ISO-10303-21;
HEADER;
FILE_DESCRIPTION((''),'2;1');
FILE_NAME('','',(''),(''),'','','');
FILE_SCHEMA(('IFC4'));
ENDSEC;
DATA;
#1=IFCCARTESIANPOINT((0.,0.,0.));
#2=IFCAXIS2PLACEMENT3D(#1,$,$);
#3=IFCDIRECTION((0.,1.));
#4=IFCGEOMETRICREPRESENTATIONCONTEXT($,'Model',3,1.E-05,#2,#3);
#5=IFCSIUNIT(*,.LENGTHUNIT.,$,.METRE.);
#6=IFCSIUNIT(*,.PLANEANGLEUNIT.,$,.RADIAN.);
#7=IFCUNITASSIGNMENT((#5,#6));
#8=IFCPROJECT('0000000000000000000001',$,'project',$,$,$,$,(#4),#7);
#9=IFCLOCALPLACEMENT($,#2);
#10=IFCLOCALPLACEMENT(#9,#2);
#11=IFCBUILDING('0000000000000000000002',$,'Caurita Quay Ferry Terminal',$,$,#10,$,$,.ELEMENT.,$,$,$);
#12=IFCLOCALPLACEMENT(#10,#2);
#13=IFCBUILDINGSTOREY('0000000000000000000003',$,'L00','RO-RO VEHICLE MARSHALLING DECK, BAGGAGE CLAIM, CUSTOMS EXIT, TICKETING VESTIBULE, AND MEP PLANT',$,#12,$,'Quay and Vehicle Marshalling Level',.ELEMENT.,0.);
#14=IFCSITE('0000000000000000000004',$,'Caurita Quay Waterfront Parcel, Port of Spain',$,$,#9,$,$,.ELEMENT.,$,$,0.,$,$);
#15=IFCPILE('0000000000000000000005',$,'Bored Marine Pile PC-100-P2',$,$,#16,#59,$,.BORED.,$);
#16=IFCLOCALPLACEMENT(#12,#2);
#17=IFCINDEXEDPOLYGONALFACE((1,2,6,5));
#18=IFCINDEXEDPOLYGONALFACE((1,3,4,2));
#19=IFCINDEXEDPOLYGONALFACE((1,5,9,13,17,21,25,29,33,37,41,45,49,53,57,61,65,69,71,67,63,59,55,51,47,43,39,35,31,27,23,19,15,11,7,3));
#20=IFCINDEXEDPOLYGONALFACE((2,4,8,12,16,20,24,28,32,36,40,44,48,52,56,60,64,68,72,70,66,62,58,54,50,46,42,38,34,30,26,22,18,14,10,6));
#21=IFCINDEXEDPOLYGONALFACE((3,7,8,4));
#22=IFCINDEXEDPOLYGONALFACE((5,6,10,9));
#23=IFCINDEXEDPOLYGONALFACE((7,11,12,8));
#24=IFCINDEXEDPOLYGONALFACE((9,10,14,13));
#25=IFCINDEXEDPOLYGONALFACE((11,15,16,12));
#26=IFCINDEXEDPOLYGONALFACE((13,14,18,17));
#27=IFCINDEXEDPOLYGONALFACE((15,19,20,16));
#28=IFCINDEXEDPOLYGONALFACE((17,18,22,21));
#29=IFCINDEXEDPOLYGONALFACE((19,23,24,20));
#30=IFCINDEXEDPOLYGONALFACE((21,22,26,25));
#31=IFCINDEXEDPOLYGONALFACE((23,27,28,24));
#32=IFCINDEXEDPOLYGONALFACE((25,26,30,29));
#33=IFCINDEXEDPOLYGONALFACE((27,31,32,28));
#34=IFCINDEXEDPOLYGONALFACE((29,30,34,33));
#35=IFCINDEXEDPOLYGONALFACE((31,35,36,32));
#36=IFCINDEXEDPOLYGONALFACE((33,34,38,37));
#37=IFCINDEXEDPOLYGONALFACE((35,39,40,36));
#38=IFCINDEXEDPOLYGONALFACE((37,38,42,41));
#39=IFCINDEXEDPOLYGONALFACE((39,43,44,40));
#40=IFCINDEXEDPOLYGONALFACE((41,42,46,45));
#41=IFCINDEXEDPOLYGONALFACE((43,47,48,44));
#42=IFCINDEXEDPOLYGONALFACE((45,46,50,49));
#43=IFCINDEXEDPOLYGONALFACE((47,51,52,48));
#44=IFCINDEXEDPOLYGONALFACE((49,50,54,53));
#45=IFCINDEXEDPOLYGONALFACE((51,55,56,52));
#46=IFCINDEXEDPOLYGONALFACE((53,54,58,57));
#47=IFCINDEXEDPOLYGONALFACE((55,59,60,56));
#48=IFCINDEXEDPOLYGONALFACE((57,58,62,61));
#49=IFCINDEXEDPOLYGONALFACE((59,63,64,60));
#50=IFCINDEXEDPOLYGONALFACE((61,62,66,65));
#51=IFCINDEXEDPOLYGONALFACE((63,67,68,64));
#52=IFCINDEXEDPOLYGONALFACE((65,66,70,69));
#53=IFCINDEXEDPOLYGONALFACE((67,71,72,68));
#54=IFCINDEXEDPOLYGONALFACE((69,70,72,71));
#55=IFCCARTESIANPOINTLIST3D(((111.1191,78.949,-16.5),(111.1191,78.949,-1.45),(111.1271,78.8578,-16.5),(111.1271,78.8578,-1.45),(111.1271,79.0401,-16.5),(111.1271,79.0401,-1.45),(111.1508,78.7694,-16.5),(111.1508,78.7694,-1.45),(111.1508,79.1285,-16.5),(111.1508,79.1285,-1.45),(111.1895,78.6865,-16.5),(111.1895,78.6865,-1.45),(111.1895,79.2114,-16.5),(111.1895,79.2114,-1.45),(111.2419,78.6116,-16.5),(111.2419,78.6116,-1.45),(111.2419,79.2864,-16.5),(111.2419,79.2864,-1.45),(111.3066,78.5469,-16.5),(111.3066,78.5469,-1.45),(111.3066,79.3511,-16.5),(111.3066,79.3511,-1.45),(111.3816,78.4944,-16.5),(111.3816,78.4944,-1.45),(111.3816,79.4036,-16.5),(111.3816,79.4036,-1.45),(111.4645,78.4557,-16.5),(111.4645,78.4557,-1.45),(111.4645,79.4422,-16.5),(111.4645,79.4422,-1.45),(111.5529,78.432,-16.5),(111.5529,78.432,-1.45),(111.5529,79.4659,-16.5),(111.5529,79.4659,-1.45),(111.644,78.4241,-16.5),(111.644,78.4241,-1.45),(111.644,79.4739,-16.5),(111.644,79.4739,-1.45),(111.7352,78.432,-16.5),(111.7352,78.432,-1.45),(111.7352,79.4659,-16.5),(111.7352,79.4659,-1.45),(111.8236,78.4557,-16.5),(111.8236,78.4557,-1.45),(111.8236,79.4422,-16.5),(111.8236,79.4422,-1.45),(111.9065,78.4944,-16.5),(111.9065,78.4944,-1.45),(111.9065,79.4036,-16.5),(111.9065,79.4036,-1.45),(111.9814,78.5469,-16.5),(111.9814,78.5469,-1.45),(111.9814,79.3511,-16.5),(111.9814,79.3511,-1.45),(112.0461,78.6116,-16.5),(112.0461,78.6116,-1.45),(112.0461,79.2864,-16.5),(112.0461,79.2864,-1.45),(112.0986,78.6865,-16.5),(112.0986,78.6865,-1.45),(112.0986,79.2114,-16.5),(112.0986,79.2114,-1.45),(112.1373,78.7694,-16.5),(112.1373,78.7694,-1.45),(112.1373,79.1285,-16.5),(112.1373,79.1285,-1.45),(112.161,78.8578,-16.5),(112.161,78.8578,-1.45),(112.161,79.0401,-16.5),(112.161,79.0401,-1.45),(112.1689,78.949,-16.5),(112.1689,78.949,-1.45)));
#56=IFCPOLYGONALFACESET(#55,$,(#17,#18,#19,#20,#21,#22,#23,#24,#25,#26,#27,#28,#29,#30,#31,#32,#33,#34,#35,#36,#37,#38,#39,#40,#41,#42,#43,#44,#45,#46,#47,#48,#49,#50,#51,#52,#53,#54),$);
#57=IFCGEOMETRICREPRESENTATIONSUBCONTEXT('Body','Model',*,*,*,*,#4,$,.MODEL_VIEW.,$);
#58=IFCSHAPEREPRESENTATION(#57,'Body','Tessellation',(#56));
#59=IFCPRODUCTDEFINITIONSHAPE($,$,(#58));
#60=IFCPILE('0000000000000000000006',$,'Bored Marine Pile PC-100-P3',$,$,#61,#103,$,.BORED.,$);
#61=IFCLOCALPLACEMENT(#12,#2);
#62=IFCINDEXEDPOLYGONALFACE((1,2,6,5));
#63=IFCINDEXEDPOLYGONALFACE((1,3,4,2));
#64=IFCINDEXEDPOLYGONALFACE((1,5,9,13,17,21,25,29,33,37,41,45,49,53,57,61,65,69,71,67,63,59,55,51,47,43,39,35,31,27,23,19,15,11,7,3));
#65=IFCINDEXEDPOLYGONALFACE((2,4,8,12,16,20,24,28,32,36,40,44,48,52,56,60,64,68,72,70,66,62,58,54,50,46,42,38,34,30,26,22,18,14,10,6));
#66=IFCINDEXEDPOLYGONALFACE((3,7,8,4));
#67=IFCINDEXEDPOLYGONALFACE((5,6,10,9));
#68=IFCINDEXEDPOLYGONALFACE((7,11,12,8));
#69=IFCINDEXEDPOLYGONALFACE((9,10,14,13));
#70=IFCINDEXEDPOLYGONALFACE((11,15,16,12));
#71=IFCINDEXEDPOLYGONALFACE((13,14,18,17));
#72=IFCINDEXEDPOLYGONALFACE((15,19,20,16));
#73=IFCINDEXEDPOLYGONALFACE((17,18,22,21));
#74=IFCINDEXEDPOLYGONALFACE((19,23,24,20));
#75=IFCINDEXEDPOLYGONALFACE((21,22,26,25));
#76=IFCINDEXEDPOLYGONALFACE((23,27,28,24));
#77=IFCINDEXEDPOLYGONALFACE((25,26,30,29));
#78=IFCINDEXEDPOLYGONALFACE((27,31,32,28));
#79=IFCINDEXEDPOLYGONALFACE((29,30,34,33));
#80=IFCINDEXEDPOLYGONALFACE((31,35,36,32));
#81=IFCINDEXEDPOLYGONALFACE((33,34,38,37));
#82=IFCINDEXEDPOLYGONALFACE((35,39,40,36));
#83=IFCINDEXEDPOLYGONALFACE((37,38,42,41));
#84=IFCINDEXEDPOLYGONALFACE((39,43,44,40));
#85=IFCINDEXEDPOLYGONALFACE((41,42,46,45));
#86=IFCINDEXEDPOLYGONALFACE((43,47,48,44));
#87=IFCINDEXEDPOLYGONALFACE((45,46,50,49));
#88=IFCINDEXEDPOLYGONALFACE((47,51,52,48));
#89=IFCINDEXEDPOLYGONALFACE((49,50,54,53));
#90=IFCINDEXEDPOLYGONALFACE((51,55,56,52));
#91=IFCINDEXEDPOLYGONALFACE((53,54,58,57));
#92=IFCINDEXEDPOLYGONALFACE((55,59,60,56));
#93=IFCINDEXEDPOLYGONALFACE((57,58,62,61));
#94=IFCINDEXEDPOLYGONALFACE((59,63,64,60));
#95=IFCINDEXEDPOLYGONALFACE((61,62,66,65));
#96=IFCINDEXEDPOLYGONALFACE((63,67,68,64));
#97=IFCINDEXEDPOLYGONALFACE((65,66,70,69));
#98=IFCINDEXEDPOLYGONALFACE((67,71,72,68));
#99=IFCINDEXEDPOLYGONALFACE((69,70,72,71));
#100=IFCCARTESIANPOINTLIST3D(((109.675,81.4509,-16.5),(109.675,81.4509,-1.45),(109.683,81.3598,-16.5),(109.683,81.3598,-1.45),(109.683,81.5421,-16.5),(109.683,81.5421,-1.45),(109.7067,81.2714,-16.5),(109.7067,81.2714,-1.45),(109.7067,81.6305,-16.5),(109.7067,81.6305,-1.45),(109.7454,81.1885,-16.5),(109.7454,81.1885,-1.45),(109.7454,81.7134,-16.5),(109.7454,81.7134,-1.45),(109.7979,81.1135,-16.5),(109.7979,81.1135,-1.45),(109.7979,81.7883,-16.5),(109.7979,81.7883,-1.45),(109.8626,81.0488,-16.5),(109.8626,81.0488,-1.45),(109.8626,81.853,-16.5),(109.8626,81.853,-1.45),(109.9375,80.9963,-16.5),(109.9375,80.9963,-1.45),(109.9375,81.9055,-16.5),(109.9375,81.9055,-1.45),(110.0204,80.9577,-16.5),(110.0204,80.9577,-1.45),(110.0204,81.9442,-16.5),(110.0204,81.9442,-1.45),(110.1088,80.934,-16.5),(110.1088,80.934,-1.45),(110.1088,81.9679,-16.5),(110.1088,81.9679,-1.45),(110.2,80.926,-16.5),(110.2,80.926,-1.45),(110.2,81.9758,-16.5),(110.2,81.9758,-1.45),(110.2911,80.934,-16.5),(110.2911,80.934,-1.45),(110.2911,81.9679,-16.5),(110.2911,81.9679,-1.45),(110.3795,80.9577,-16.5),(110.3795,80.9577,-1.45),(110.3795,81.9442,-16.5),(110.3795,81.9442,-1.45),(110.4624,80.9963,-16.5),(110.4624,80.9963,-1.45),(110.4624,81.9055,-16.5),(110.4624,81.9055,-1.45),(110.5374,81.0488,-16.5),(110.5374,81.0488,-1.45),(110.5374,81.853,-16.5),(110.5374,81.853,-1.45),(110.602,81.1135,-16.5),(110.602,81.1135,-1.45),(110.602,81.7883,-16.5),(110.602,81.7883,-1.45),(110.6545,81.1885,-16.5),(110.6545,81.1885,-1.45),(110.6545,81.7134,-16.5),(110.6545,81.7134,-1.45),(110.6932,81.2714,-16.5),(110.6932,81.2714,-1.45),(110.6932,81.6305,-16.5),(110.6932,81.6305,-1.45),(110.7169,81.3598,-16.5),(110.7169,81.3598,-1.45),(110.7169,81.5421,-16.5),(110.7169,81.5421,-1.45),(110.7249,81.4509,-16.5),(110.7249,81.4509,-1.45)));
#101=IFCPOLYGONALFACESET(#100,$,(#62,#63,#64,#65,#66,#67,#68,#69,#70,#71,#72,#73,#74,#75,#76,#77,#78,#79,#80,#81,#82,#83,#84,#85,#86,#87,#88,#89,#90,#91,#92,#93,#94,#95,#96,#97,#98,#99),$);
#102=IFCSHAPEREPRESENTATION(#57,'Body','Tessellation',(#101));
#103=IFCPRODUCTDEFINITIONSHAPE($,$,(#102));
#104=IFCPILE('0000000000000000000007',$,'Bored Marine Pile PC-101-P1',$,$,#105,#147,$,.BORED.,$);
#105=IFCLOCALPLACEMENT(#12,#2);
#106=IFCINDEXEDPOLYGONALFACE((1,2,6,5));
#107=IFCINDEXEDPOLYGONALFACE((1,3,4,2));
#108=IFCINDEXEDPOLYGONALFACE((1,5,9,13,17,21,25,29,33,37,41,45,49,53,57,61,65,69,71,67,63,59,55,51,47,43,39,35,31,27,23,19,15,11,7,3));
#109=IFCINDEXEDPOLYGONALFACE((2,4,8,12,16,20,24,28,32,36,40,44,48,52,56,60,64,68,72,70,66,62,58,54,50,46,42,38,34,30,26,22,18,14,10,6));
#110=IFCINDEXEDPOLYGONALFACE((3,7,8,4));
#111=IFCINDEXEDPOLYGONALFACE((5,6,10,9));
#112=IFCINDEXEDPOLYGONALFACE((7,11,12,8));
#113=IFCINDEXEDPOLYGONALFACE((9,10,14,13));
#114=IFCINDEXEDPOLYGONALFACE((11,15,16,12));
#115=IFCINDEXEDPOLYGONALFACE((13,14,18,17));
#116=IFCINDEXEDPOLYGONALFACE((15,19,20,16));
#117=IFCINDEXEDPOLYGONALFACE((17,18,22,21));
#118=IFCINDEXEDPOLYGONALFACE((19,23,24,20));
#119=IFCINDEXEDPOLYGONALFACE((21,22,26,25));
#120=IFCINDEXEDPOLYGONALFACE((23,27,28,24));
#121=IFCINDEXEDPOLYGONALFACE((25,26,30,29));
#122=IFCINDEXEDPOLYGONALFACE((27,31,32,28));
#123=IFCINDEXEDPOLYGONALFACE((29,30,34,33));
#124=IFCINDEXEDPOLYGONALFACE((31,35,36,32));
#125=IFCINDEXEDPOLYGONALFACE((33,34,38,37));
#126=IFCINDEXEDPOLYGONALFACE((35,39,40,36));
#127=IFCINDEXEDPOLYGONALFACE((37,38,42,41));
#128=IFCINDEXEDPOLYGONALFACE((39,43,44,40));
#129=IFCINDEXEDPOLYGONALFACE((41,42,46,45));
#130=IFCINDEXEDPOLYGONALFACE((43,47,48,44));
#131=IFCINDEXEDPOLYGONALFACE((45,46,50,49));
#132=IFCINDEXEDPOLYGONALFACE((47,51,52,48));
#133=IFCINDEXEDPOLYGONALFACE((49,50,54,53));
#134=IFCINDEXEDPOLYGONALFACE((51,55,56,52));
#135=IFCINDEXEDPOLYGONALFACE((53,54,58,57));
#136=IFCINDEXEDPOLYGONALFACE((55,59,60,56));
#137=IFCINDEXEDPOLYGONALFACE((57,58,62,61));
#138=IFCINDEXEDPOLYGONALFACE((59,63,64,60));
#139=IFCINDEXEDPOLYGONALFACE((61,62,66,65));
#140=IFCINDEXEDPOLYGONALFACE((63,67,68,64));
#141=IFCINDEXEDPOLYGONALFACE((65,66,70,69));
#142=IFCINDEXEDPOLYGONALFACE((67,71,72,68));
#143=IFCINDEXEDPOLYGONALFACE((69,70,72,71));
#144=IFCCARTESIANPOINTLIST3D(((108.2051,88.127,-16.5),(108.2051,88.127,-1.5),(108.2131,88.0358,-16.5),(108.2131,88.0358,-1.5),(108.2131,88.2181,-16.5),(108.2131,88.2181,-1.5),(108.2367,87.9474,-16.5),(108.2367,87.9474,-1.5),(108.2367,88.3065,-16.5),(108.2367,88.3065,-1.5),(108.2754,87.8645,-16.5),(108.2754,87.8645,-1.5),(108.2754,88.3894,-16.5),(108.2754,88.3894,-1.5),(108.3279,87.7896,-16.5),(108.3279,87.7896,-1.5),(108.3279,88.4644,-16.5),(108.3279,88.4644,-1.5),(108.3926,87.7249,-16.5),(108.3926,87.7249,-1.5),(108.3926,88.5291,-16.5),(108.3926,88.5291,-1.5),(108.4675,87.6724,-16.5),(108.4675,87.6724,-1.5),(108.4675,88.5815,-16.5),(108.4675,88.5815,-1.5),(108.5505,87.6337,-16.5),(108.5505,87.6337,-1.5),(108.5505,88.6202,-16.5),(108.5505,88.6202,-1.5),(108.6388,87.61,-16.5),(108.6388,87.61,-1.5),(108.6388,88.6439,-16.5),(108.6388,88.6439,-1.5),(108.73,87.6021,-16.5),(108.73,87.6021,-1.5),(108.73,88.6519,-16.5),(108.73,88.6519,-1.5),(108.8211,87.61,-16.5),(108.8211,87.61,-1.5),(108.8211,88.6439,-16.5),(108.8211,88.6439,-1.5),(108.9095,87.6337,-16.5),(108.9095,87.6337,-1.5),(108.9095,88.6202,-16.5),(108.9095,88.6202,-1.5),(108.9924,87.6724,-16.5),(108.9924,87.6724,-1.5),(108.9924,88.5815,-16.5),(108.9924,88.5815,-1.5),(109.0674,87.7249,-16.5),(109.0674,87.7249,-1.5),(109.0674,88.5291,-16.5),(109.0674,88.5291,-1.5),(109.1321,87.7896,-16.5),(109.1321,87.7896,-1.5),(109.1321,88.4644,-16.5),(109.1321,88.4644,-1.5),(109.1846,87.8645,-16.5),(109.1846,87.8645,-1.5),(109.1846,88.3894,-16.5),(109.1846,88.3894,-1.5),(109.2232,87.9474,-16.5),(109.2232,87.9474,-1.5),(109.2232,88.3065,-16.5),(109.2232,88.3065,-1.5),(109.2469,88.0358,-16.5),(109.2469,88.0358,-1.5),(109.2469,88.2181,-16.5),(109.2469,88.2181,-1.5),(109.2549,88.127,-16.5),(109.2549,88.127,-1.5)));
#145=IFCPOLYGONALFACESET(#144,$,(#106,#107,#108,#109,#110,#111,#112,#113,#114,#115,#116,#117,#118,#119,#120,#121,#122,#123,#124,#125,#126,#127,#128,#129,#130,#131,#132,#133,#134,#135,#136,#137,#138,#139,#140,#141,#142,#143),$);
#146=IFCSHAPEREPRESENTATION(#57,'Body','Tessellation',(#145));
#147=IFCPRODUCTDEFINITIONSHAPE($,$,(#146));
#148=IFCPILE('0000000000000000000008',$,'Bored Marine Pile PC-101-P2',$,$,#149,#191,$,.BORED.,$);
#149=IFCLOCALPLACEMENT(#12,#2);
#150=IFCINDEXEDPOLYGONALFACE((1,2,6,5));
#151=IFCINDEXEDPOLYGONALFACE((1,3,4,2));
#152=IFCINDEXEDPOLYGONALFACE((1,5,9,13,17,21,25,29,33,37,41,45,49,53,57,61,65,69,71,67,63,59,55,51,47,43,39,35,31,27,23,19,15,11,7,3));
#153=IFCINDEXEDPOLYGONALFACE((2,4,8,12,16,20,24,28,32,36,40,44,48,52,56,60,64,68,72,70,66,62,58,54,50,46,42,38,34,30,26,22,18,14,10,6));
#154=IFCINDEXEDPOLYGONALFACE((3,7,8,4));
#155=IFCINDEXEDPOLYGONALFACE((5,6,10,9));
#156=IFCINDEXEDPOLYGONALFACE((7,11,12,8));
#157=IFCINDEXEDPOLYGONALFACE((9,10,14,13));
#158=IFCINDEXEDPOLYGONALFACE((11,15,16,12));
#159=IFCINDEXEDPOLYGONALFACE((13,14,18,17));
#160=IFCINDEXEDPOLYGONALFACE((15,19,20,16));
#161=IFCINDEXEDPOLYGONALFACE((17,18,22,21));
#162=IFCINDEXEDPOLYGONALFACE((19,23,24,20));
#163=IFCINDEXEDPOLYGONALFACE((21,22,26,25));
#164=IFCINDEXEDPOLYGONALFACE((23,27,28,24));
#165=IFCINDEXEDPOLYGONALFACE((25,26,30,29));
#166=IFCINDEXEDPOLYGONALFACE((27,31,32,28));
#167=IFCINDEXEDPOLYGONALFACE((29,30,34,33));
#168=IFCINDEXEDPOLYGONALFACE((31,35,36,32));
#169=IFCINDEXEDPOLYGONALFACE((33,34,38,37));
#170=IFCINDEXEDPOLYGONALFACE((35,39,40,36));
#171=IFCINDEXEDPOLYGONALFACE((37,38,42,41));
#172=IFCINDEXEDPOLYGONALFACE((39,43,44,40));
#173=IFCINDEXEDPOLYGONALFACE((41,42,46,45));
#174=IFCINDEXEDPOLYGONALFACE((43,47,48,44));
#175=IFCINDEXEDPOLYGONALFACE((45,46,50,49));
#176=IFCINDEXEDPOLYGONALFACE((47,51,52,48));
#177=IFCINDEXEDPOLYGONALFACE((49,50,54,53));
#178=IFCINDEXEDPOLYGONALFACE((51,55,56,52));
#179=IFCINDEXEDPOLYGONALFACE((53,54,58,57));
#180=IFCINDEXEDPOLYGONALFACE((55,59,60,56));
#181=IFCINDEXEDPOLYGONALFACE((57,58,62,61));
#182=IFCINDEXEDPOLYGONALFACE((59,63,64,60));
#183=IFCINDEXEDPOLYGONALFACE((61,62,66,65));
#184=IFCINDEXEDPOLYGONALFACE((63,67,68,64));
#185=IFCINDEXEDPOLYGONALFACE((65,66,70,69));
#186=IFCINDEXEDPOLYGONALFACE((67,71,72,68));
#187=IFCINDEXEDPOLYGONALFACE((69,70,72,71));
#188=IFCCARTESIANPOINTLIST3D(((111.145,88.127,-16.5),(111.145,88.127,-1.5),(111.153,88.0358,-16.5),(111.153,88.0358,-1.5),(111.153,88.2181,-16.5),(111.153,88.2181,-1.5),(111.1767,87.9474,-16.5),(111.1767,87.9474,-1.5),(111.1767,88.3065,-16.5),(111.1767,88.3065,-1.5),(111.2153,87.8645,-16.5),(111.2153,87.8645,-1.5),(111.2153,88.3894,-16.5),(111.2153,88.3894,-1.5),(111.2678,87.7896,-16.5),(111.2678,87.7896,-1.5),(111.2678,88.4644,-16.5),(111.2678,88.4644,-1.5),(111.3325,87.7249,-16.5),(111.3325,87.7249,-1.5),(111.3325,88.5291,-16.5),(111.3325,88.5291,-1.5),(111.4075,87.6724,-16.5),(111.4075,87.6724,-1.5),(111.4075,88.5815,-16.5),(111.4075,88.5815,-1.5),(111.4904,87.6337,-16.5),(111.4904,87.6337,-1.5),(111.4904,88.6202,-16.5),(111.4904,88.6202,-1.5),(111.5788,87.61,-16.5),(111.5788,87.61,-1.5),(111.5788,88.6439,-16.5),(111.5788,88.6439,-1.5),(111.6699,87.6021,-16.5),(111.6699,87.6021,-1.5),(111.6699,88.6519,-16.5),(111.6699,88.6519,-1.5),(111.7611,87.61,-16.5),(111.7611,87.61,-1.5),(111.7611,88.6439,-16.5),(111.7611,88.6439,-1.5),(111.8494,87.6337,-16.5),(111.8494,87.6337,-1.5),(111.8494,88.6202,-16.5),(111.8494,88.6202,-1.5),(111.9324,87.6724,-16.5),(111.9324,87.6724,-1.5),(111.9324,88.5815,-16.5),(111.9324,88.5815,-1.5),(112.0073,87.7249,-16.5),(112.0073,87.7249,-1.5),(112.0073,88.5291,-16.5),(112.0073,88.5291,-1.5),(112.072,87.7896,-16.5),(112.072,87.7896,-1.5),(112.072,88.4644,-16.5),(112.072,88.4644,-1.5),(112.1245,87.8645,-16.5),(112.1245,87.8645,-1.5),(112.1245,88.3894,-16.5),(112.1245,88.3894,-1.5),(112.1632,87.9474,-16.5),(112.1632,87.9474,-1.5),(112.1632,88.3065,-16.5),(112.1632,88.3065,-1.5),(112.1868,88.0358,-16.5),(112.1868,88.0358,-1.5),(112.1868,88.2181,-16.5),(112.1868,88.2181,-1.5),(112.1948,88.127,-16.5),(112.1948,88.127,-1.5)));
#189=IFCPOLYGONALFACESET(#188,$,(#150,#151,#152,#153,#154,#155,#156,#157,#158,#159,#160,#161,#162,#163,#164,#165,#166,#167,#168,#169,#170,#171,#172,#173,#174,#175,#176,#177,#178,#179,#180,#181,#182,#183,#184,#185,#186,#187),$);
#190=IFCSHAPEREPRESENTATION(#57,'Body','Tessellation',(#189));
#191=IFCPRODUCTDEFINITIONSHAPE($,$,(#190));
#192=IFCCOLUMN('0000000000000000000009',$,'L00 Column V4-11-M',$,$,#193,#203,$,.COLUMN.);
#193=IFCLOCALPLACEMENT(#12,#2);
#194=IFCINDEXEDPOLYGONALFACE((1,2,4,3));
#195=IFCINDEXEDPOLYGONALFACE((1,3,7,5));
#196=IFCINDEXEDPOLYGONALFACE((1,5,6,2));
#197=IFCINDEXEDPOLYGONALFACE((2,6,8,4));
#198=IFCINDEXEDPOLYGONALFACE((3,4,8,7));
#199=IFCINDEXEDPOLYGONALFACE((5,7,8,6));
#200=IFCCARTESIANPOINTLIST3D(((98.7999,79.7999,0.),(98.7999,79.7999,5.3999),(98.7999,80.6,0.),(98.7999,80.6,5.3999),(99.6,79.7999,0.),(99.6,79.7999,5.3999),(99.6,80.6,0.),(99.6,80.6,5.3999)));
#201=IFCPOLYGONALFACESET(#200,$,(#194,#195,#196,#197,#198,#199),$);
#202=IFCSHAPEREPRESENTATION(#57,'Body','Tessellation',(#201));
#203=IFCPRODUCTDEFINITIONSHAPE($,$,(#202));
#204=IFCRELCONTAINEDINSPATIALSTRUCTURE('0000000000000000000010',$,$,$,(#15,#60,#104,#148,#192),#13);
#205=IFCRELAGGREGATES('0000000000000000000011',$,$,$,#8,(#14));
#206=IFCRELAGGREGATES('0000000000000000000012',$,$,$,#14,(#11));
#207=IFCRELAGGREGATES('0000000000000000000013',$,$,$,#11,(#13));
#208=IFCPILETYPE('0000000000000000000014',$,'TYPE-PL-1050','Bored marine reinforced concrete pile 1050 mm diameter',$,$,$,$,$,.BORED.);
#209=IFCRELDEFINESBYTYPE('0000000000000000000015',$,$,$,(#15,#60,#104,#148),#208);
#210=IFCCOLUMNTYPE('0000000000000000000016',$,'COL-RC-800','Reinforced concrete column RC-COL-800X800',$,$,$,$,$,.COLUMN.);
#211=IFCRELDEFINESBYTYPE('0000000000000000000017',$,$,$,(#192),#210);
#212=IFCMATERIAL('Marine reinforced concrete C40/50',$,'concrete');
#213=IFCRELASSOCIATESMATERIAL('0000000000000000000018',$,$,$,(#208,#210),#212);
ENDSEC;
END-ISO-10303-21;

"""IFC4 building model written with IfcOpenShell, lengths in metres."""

from ifc_helpers import new_model, si_unit, direction, frame, origin, origin_2d, place, context, subcontext, project, spatial, rectangle, circle, extrude, material, material_profile, profile_set, type_object, element, save


model = new_model("IFC4")

# Units and contexts
model_context = context("Model", 3, precision=1e-05, world=origin(), true_north=direction((0.0, 1.0)))
body_context = subcontext(model_context, "Body", "Model", "MODEL_VIEW")
ifc_project = project(units=[si_unit("LENGTHUNIT", "METRE"), si_unit("PLANEANGLEUNIT", "RADIAN")], contexts=[model_context])

# Site, building, storey
site_placement = place(None, origin())
site = spatial("IfcSite", under=ifc_project, at=site_placement, Name="Caurita Quay Waterfront Parcel, Port of Spain", CompositionType="ELEMENT", RefElevation=0.0)
building_placement = place(site_placement, origin())
building = spatial("IfcBuilding", under=site, at=building_placement, Name="Caurita Quay Ferry Terminal", CompositionType="ELEMENT")
storey_placement = place(building_placement, origin())
storey = spatial("IfcBuildingStorey", under=building, at=storey_placement, Name="L00", Description="RO-RO VEHICLE MARSHALLING DECK, BAGGAGE CLAIM, CUSTOMS EXIT, TICKETING VESTIBULE, AND MEP PLANT", LongName="Quay and Vehicle Marshalling Level", CompositionType="ELEMENT", Elevation=0.0)

# Piles
ifc_material_1 = material(Name="Marine reinforced concrete C40/50", Category="concrete")
ifc_material_profile_1 = material_profile(ifc_material_1, circle(Radius=0.5249, at=origin_2d()), Name="PILE-D1050")
ifc_profile_set_1 = profile_set([ifc_material_profile_1], Name="Marine reinforced concrete C40/50")
pile_type = type_object("IfcPileType", Name="TYPE-PL-1050", Description="Bored marine reinforced concrete pile 1050 mm diameter", PredefinedType="BORED", material=ifc_profile_set_1)
for number, where, z_axis, x_axis, name in (
    (1, (111.644, 78.949, -1.45), (0.0, 0.0, -1.0), (1.0, 0.0, 0.0), "Bored Marine Pile PC-100-P2"),
    (2, (110.2, 81.4509, -1.45), (0.0, 0.0, -1.0), (1.0, 0.0, 0.0), "Bored Marine Pile PC-100-P3"),
):
    element("IfcPile", number, at=place(storey_placement, frame(where, z_axis=z_axis, x_axis=x_axis)), inside=storey, type_object=pile_type, Name=name, PredefinedType="BORED", context=body_context, shape_type="SweptSolid", body=[
        extrude(circle(Radius=0.5249, at=origin_2d()), origin(), (0.0, 0.0, 1.0), 15.05),
    ])
for number, where, z_axis, x_axis, name in (
    (3, (108.73, 88.127, -1.5), (0.0, 0.0, -1.0), (1.0, 0.0, 0.0), "Bored Marine Pile PC-101-P1"),
    (4, (111.6699, 88.127, -1.5), (0.0, 0.0, -1.0), (1.0, 0.0, 0.0), "Bored Marine Pile PC-101-P2"),
):
    element("IfcPile", number, at=place(storey_placement, frame(where, z_axis=z_axis, x_axis=x_axis)), inside=storey, type_object=pile_type, Name=name, PredefinedType="BORED", context=body_context, shape_type="SweptSolid", body=[
        extrude(circle(Radius=0.5249, at=origin_2d()), origin(), (0.0, 0.0, 1.0), 15.0),
    ])

# Column
ifc_material_profile_2 = material_profile(ifc_material_1, rectangle(XDim=0.8, YDim=0.8, at=origin_2d()), Name="RC-COL-800X800")
ifc_profile_set_2 = profile_set([ifc_material_profile_2], Name="Marine reinforced concrete C40/50")
column_type = type_object("IfcColumnType", Name="COL-RC-800", Description="Reinforced concrete column RC-COL-800X800", PredefinedType="COLUMN", material=ifc_profile_set_2)
for number, where, z_axis, x_axis, name in (
    (5, (99.2, 80.2, 0.0), (0.0, 0.0, 1.0), (1.0, 0.0, 0.0), "L00 Column V4-11-M"),
):
    element("IfcColumn", number, at=place(storey_placement, frame(where, z_axis=z_axis, x_axis=x_axis)), inside=storey, type_object=column_type, Name=name, PredefinedType="COLUMN", context=body_context, shape_type="SweptSolid", body=[
        extrude(rectangle(XDim=0.8, YDim=0.8, at=origin_2d()), origin(), (0.0, 0.0, 1.0), 5.3999),
    ])

save(model, "model.ifc")
